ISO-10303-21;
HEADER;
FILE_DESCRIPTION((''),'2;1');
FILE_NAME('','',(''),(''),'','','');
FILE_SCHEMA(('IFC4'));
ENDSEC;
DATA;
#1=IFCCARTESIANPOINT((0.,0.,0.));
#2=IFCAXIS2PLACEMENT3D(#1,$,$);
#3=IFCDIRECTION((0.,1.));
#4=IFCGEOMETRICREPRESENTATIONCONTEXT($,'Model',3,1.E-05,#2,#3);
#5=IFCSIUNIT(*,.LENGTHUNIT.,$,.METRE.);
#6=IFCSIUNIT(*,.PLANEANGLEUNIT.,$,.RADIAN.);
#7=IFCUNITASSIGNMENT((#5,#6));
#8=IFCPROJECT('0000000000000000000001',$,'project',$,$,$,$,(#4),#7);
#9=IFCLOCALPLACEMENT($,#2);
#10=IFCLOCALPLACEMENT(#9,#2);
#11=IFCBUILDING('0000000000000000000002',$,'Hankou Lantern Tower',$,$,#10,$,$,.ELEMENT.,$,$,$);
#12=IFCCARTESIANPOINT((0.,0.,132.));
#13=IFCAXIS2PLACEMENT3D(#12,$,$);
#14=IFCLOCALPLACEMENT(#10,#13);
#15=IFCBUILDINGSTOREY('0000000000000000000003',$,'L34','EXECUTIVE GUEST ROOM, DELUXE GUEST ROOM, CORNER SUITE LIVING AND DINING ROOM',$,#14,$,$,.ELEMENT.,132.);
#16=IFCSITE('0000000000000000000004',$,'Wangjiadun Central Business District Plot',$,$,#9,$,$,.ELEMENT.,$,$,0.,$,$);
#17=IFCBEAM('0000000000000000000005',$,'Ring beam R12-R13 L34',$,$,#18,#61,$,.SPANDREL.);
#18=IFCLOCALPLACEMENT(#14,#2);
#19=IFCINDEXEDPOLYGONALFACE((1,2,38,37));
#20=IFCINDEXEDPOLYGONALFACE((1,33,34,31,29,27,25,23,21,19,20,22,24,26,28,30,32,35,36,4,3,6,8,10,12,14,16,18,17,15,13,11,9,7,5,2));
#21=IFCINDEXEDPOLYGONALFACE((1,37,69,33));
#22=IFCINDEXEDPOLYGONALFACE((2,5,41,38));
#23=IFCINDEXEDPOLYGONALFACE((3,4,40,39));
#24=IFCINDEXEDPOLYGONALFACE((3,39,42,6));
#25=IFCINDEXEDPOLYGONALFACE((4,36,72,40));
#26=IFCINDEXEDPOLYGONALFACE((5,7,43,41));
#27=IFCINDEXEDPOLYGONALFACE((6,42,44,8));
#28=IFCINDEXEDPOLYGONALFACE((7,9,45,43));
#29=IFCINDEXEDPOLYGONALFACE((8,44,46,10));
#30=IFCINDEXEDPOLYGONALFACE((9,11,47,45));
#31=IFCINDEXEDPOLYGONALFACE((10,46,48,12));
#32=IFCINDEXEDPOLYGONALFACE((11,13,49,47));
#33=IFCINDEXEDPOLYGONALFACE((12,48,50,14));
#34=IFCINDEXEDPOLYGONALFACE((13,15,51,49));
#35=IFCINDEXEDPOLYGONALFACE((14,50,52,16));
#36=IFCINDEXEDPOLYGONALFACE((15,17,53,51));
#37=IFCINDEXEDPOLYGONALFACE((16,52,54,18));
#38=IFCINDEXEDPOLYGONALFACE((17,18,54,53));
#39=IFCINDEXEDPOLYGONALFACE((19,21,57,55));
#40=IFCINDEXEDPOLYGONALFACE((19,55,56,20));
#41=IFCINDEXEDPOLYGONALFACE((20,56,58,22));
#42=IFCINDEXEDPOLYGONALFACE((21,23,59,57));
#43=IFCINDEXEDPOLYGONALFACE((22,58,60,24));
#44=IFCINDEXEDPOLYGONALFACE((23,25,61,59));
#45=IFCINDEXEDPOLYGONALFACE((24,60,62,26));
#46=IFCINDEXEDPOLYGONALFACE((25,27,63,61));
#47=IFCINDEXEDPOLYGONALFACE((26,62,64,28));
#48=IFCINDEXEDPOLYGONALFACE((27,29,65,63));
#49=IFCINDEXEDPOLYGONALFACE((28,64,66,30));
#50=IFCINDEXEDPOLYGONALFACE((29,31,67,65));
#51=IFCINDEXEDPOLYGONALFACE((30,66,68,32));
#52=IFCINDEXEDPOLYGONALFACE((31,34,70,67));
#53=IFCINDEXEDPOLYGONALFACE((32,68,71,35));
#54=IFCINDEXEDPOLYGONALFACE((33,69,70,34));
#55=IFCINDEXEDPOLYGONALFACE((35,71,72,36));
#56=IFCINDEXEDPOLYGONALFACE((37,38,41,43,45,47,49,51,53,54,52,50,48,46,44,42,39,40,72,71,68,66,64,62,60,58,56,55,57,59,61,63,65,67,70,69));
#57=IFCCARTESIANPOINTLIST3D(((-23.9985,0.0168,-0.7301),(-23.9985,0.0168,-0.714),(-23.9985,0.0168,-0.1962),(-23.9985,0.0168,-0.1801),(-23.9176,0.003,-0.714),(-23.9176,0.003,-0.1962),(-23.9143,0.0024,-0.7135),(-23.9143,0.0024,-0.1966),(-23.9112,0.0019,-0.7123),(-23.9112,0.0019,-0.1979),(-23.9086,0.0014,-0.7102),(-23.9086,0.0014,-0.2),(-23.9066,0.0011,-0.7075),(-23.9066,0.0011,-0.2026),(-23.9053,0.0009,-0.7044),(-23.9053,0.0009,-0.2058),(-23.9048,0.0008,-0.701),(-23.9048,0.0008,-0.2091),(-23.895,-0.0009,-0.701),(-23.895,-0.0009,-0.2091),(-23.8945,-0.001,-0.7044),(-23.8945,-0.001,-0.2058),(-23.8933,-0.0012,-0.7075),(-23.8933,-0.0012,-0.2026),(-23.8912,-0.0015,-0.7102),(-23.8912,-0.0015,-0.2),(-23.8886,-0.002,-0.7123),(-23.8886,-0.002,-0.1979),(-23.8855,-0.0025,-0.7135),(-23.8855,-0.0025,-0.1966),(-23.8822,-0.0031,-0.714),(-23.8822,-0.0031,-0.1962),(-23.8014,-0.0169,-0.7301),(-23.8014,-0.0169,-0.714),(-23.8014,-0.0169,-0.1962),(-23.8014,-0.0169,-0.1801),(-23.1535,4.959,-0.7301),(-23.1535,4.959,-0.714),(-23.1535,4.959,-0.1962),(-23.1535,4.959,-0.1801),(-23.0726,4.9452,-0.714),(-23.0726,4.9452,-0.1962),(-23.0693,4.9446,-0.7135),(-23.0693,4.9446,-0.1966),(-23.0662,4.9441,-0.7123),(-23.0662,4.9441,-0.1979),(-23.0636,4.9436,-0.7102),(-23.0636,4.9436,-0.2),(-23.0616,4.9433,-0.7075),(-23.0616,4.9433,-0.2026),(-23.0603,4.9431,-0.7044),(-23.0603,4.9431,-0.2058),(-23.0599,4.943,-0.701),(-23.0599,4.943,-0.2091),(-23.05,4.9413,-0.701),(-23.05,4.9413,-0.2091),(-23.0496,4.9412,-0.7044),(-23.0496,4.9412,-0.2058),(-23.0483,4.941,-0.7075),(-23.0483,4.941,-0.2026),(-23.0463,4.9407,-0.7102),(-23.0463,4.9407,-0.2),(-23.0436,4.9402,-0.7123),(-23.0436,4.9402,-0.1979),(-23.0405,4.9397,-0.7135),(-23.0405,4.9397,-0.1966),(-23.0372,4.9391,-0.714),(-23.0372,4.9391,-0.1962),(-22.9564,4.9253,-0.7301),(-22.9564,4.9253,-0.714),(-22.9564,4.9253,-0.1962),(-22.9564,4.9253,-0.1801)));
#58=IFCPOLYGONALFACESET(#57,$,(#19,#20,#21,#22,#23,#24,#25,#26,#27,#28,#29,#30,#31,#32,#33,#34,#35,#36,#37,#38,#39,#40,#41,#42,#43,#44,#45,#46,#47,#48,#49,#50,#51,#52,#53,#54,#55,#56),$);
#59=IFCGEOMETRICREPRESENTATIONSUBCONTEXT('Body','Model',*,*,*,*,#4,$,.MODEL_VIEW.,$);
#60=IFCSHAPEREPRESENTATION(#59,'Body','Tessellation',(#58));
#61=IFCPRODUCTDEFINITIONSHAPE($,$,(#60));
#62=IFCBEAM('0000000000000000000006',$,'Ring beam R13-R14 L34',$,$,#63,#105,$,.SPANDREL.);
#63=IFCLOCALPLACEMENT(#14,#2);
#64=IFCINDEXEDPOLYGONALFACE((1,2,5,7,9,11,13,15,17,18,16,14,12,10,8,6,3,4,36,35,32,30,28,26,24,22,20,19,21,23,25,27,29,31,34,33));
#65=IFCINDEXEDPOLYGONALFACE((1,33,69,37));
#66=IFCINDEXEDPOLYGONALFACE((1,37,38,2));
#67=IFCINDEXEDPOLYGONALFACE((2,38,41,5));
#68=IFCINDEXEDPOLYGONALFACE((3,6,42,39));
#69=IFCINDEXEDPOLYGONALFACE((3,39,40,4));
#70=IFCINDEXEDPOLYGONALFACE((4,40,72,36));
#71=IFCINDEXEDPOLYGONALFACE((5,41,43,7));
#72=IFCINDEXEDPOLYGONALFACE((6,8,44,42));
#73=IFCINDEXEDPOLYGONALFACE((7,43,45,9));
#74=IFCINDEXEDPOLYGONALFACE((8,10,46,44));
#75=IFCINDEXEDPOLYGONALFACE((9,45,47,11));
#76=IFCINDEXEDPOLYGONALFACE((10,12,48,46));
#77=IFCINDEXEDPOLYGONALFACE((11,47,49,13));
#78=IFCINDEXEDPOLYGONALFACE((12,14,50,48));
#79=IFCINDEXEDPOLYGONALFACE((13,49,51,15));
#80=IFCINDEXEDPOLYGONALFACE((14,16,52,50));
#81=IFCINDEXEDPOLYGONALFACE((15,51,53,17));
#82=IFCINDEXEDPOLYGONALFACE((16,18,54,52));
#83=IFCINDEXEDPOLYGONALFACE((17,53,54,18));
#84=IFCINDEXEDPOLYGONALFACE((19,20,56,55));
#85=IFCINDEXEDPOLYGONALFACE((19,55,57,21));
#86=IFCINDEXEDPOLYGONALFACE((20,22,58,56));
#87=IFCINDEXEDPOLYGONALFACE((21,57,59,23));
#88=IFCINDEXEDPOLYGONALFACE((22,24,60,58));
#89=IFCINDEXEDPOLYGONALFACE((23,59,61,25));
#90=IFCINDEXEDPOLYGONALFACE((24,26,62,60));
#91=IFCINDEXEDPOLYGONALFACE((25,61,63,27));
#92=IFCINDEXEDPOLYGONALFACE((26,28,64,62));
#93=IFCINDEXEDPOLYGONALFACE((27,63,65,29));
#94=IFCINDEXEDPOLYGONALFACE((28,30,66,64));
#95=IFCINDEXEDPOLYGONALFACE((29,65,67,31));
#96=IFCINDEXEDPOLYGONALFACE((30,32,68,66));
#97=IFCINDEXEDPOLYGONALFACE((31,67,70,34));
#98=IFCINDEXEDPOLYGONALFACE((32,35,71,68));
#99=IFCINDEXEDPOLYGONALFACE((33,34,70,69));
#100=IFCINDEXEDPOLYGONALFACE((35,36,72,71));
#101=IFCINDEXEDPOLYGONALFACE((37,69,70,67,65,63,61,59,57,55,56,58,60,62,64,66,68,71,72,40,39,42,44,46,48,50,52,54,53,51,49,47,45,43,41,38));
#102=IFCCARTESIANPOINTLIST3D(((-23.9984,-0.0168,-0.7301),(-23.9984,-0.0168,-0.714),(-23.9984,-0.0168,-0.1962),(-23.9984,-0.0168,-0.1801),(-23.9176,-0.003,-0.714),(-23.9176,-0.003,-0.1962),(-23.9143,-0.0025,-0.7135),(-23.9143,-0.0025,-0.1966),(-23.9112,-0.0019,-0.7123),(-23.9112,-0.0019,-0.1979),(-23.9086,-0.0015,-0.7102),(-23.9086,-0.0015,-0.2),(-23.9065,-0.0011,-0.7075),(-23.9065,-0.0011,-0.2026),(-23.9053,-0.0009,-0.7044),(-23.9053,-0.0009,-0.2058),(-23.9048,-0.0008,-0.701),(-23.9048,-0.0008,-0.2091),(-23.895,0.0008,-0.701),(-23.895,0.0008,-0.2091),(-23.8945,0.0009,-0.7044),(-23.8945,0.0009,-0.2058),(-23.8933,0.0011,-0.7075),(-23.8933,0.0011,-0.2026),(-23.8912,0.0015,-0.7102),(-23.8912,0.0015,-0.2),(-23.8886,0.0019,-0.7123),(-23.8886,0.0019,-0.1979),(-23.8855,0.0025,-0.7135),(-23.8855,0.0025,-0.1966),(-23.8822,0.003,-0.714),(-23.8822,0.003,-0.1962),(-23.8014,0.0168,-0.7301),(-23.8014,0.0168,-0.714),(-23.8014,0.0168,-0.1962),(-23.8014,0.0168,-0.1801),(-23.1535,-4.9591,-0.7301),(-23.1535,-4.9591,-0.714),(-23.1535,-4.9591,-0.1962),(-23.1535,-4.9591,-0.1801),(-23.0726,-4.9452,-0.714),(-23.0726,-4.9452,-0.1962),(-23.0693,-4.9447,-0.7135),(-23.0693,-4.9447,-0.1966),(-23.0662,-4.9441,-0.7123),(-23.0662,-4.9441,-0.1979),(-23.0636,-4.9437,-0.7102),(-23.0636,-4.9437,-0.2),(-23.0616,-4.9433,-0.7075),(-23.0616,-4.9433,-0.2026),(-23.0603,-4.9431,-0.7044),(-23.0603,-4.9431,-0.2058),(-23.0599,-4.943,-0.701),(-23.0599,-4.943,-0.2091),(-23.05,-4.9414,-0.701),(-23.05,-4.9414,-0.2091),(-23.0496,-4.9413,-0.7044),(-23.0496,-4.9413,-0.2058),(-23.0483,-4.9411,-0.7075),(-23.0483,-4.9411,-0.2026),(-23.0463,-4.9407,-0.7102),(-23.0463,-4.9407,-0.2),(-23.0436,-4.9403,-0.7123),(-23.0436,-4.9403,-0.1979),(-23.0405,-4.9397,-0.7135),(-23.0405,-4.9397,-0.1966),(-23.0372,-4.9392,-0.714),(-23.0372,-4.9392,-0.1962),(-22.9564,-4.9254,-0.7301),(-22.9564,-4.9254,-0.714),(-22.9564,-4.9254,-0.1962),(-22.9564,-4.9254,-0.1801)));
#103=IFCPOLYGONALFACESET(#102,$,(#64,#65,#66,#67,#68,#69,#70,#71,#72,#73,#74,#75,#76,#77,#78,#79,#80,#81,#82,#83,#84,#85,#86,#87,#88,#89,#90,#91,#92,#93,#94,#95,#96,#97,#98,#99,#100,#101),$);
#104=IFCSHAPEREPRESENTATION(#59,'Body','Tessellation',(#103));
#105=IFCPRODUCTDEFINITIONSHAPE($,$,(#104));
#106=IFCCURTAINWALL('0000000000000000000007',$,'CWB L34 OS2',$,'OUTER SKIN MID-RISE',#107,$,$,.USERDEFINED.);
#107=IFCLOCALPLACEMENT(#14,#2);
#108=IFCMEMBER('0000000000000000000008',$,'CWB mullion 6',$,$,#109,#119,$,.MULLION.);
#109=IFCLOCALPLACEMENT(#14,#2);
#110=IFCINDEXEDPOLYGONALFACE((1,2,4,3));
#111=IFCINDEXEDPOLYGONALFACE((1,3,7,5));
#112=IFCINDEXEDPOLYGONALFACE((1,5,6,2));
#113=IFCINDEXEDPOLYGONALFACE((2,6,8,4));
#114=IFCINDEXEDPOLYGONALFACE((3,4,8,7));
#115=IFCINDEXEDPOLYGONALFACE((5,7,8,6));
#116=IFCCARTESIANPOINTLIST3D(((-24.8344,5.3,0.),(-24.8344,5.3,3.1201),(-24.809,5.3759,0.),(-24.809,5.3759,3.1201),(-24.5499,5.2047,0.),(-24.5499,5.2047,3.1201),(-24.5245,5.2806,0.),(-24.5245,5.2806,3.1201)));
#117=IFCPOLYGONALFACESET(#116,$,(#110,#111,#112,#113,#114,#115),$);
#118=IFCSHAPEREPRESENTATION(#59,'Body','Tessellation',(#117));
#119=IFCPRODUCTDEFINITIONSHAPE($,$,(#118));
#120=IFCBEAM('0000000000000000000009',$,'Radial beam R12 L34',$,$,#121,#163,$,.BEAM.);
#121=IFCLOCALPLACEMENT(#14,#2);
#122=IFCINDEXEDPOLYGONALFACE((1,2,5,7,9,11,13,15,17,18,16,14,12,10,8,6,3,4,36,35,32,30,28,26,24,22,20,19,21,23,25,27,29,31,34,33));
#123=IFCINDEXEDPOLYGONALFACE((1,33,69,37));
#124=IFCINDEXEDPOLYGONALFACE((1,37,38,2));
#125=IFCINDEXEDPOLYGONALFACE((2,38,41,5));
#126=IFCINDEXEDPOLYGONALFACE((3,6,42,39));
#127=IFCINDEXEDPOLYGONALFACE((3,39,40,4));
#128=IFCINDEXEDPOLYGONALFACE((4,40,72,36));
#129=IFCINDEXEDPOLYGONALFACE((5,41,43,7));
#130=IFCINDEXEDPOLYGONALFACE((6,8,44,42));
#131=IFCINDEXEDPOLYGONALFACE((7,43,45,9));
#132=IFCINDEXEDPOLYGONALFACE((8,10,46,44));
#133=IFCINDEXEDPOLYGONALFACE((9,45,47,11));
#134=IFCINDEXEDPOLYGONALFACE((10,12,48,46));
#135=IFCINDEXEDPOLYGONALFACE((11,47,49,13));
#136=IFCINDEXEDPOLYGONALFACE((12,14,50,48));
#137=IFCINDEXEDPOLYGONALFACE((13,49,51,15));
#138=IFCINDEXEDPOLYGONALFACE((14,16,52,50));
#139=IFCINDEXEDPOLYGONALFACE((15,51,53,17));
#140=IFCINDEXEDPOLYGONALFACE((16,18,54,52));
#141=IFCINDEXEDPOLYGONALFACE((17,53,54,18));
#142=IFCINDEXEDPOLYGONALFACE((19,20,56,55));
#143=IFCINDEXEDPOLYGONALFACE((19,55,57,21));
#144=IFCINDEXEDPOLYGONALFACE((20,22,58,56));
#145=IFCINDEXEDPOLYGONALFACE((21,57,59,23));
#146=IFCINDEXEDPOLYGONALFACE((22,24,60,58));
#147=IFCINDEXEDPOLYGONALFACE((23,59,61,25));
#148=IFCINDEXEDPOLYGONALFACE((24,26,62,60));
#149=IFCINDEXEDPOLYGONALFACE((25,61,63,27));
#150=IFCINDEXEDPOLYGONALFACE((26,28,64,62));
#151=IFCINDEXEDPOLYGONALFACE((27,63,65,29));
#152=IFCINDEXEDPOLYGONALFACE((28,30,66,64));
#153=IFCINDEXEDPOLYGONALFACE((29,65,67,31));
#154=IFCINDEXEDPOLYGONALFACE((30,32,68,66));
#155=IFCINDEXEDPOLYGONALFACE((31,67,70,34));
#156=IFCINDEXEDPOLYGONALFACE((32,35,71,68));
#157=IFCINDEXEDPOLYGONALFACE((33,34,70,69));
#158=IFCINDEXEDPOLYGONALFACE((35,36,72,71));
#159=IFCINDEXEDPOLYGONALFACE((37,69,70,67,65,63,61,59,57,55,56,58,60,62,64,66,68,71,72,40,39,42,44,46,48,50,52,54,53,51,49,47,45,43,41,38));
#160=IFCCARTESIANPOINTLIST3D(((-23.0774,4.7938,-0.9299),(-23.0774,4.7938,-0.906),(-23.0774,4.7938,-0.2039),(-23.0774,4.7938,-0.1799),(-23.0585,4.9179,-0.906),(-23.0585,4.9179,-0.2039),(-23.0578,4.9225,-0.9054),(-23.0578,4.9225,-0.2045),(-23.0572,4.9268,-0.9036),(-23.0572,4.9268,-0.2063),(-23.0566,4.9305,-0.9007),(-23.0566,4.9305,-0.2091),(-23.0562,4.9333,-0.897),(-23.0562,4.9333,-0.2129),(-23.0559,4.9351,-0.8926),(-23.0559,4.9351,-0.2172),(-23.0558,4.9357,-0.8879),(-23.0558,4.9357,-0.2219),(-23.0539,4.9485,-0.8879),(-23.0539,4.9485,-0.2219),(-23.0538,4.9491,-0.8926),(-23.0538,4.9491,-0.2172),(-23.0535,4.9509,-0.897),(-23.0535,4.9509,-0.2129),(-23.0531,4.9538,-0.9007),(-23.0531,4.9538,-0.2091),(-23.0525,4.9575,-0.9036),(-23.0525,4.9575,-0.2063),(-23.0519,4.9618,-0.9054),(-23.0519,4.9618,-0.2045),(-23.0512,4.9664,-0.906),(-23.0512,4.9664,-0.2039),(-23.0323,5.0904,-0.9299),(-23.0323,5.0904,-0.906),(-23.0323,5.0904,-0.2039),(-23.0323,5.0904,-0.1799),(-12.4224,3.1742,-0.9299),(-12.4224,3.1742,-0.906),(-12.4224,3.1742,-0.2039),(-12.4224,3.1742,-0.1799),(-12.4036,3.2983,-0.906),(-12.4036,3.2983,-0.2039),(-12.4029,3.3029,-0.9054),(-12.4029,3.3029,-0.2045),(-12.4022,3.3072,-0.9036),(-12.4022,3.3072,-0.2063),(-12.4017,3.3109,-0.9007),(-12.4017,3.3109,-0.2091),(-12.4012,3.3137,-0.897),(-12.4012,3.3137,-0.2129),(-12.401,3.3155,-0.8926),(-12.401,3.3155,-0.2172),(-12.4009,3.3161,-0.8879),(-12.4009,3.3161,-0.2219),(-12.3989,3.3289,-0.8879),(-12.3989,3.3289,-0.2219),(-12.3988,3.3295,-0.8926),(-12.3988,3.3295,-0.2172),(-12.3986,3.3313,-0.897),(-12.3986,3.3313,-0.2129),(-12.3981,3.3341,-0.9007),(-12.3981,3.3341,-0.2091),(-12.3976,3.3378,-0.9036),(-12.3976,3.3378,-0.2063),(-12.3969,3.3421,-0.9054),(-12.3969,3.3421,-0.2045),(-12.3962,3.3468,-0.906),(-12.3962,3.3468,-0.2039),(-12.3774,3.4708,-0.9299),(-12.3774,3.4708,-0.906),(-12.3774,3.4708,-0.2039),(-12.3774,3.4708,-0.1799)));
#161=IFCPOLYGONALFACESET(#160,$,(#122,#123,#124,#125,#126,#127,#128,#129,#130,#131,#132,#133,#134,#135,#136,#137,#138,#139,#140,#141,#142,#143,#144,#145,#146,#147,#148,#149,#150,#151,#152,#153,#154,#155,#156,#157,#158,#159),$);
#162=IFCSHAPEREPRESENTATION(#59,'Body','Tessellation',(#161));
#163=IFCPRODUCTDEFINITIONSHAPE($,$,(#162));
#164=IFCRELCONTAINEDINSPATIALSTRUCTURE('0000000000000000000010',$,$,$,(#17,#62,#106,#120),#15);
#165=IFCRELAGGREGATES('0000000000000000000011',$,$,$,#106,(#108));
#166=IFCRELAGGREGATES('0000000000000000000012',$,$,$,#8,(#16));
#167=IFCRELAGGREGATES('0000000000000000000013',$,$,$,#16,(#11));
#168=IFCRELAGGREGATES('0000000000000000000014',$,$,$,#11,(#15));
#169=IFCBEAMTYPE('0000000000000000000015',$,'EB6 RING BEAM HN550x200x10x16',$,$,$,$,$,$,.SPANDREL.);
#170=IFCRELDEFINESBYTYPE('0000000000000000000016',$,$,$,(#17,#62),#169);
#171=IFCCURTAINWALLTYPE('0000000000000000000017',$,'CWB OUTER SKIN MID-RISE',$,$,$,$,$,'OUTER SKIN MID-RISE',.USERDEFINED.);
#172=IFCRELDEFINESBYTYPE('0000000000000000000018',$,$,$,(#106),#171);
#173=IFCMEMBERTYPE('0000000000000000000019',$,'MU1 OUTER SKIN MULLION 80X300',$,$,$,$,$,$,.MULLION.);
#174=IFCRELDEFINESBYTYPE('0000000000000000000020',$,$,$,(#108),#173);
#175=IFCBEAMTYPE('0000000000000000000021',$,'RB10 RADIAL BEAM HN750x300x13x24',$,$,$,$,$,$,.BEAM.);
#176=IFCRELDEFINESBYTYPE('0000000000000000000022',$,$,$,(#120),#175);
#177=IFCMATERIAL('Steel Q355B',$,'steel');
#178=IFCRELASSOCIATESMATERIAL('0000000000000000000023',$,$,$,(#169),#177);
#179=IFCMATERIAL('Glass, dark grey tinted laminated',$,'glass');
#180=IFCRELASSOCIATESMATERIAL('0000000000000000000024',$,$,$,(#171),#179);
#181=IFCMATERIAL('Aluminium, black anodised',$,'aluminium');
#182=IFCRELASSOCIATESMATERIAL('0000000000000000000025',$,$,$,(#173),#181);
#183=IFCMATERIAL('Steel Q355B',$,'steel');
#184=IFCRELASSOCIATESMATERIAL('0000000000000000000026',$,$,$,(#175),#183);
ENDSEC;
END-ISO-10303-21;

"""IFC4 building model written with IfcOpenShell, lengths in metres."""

from ifc_helpers import new_model, si_unit, direction, frame, origin, origin_2d, place, context, subcontext, project, spatial, rectangle, i_section, extrude, material, material_profile, profile_set, type_object, element, aggregate, save


model = new_model("IFC4")

# Units and contexts
model_context = context("Model", 3, precision=1e-05, world=origin(), true_north=direction((0.0, 1.0)))
body_context = subcontext(model_context, "Body", "Model", "MODEL_VIEW")
ifc_project = project(units=[si_unit("LENGTHUNIT", "METRE"), si_unit("PLANEANGLEUNIT", "RADIAN")], contexts=[model_context])

# Site, building, storey
site_placement = place(None, origin())
site = spatial("IfcSite", under=ifc_project, at=site_placement, Name="Wangjiadun Central Business District Plot", CompositionType="ELEMENT", RefElevation=0.0)
building_placement = place(site_placement, origin())
building = spatial("IfcBuilding", under=site, at=building_placement, Name="Hankou Lantern Tower", CompositionType="ELEMENT")
storey_placement = place(building_placement, frame((0.0, 0.0, 132.0)))
storey = spatial("IfcBuildingStorey", under=building, at=storey_placement, Name="L34", Description="EXECUTIVE GUEST ROOM, DELUXE GUEST ROOM, CORNER SUITE LIVING AND DINING ROOM", CompositionType="ELEMENT", Elevation=132.0)

# Beams
ifc_material_1 = material(Name="Steel Q355B", Category="steel")
ifc_material_profile_1 = material_profile(ifc_material_1, i_section(OverallWidth=0.2, OverallDepth=0.55, WebThickness=0.01, FlangeThickness=0.0161, FilletRadius=0.0129, at=origin_2d()), Name="HN550x200x10x16")
ifc_profile_set_1 = profile_set([ifc_material_profile_1], Name="Steel Q355B")
beam_type_1 = type_object("IfcBeamType", Name="EB6 RING BEAM HN550x200x10x16", PredefinedType="SPANDREL", material=ifc_profile_set_1)
for number, where, z_axis, x_axis, name in (
    (1, (-23.0549, 4.9421, -0.4551), (-0.168527, -0.985697, 0.0), (0.985697, -0.168527, 0.0), "Ring beam R12-R13 L34"),
    (2, (-23.8999, 0.0, -0.4551), (0.168527, -0.985697, 0.0), (0.985697, 0.168527, 0.0), "Ring beam R13-R14 L34"),
):
    element("IfcBeam", number, at=place(storey_placement, frame(where, z_axis=z_axis, x_axis=x_axis)), inside=storey, type_object=beam_type_1, Name=name, PredefinedType="SPANDREL", context=body_context, shape_type="SweptSolid", body=[
        extrude(i_section(OverallWidth=0.2, OverallDepth=0.55, WebThickness=0.01, FlangeThickness=0.0161, FilletRadius=0.0129, at=origin_2d()), origin(), (0.0, 0.0, 1.0), 5.0139),
    ])

# Curtain wall, member
ifc_material_2 = material(Name="Glass, dark grey tinted laminated", Category="glass")
curtain_wall_type = type_object("IfcCurtainWallType", Name="CWB OUTER SKIN MID-RISE", ElementType="OUTER SKIN MID-RISE", PredefinedType="USERDEFINED", material=ifc_material_2)
curtain_wall_placement = place(storey_placement, origin())
curtain_wall = element("IfcCurtainWall", 3, at=curtain_wall_placement, inside=storey, type_object=curtain_wall_type, Name="CWB L34 OS2", ObjectType="OUTER SKIN MID-RISE", PredefinedType="USERDEFINED")
ifc_material_3 = material(Name="Aluminium, black anodised", Category="aluminium")
ifc_material_profile_2 = material_profile(ifc_material_3, rectangle(XDim=0.0801, YDim=0.3, at=origin_2d()), Name="MU1 80X300")
ifc_profile_set_2 = profile_set([ifc_material_profile_2], Name="Aluminium, black anodised")
member_type_1 = type_object("IfcMemberType", Name="MU1 OUTER SKIN MULLION 80X300", PredefinedType="MULLION", material=ifc_profile_set_2)
member_1_placement = place(storey_placement, frame((-24.6794, 5.2903, 0.0), z_axis=(0.0, 0.0, 1.0), x_axis=(-0.317596, -0.948226, 0.0)))
member_1 = element("IfcMember", 4, at=member_1_placement, type_object=member_type_1, Name="CWB mullion 6", PredefinedType="MULLION", context=body_context, shape_type="SweptSolid", body=[
    extrude(rectangle(XDim=0.0801, YDim=0.3, at=origin_2d()), origin(), (0.0, 0.0, 1.0), 3.1201),
])

# Beam
ifc_material_4 = material(Name="Steel Q355B", Category="steel")
ifc_material_profile_3 = material_profile(ifc_material_4, i_section(OverallWidth=0.3, OverallDepth=0.75, WebThickness=0.0129, FlangeThickness=0.0239, FilletRadius=0.0181, at=origin_2d()), Name="HN750x300x13x24")
ifc_profile_set_3 = profile_set([ifc_material_profile_3], Name="Steel Q355B")
beam_type_2 = type_object("IfcBeamType", Name="RB10 RADIAL BEAM HN750x300x13x24", PredefinedType="BEAM", material=ifc_profile_set_3)
beam_1_placement = place(storey_placement, frame((-12.3999, 3.3225, -0.5549), z_axis=(-0.988644, 0.15028, 0.0), x_axis=(-0.15028, -0.988644, 0.0)))
element("IfcBeam", 5, at=beam_1_placement, inside=storey, type_object=beam_type_2, Name="Radial beam R12 L34", PredefinedType="BEAM", context=body_context, shape_type="SweptSolid", body=[
    extrude(i_section(OverallWidth=0.3, OverallDepth=0.75, WebThickness=0.0129, FlangeThickness=0.0239, FilletRadius=0.0181, at=origin_2d()), origin(), (0.0, 0.0, 1.0), 10.7773),
])

aggregate(curtain_wall, [member_1])

save(model, "model.ifc")
